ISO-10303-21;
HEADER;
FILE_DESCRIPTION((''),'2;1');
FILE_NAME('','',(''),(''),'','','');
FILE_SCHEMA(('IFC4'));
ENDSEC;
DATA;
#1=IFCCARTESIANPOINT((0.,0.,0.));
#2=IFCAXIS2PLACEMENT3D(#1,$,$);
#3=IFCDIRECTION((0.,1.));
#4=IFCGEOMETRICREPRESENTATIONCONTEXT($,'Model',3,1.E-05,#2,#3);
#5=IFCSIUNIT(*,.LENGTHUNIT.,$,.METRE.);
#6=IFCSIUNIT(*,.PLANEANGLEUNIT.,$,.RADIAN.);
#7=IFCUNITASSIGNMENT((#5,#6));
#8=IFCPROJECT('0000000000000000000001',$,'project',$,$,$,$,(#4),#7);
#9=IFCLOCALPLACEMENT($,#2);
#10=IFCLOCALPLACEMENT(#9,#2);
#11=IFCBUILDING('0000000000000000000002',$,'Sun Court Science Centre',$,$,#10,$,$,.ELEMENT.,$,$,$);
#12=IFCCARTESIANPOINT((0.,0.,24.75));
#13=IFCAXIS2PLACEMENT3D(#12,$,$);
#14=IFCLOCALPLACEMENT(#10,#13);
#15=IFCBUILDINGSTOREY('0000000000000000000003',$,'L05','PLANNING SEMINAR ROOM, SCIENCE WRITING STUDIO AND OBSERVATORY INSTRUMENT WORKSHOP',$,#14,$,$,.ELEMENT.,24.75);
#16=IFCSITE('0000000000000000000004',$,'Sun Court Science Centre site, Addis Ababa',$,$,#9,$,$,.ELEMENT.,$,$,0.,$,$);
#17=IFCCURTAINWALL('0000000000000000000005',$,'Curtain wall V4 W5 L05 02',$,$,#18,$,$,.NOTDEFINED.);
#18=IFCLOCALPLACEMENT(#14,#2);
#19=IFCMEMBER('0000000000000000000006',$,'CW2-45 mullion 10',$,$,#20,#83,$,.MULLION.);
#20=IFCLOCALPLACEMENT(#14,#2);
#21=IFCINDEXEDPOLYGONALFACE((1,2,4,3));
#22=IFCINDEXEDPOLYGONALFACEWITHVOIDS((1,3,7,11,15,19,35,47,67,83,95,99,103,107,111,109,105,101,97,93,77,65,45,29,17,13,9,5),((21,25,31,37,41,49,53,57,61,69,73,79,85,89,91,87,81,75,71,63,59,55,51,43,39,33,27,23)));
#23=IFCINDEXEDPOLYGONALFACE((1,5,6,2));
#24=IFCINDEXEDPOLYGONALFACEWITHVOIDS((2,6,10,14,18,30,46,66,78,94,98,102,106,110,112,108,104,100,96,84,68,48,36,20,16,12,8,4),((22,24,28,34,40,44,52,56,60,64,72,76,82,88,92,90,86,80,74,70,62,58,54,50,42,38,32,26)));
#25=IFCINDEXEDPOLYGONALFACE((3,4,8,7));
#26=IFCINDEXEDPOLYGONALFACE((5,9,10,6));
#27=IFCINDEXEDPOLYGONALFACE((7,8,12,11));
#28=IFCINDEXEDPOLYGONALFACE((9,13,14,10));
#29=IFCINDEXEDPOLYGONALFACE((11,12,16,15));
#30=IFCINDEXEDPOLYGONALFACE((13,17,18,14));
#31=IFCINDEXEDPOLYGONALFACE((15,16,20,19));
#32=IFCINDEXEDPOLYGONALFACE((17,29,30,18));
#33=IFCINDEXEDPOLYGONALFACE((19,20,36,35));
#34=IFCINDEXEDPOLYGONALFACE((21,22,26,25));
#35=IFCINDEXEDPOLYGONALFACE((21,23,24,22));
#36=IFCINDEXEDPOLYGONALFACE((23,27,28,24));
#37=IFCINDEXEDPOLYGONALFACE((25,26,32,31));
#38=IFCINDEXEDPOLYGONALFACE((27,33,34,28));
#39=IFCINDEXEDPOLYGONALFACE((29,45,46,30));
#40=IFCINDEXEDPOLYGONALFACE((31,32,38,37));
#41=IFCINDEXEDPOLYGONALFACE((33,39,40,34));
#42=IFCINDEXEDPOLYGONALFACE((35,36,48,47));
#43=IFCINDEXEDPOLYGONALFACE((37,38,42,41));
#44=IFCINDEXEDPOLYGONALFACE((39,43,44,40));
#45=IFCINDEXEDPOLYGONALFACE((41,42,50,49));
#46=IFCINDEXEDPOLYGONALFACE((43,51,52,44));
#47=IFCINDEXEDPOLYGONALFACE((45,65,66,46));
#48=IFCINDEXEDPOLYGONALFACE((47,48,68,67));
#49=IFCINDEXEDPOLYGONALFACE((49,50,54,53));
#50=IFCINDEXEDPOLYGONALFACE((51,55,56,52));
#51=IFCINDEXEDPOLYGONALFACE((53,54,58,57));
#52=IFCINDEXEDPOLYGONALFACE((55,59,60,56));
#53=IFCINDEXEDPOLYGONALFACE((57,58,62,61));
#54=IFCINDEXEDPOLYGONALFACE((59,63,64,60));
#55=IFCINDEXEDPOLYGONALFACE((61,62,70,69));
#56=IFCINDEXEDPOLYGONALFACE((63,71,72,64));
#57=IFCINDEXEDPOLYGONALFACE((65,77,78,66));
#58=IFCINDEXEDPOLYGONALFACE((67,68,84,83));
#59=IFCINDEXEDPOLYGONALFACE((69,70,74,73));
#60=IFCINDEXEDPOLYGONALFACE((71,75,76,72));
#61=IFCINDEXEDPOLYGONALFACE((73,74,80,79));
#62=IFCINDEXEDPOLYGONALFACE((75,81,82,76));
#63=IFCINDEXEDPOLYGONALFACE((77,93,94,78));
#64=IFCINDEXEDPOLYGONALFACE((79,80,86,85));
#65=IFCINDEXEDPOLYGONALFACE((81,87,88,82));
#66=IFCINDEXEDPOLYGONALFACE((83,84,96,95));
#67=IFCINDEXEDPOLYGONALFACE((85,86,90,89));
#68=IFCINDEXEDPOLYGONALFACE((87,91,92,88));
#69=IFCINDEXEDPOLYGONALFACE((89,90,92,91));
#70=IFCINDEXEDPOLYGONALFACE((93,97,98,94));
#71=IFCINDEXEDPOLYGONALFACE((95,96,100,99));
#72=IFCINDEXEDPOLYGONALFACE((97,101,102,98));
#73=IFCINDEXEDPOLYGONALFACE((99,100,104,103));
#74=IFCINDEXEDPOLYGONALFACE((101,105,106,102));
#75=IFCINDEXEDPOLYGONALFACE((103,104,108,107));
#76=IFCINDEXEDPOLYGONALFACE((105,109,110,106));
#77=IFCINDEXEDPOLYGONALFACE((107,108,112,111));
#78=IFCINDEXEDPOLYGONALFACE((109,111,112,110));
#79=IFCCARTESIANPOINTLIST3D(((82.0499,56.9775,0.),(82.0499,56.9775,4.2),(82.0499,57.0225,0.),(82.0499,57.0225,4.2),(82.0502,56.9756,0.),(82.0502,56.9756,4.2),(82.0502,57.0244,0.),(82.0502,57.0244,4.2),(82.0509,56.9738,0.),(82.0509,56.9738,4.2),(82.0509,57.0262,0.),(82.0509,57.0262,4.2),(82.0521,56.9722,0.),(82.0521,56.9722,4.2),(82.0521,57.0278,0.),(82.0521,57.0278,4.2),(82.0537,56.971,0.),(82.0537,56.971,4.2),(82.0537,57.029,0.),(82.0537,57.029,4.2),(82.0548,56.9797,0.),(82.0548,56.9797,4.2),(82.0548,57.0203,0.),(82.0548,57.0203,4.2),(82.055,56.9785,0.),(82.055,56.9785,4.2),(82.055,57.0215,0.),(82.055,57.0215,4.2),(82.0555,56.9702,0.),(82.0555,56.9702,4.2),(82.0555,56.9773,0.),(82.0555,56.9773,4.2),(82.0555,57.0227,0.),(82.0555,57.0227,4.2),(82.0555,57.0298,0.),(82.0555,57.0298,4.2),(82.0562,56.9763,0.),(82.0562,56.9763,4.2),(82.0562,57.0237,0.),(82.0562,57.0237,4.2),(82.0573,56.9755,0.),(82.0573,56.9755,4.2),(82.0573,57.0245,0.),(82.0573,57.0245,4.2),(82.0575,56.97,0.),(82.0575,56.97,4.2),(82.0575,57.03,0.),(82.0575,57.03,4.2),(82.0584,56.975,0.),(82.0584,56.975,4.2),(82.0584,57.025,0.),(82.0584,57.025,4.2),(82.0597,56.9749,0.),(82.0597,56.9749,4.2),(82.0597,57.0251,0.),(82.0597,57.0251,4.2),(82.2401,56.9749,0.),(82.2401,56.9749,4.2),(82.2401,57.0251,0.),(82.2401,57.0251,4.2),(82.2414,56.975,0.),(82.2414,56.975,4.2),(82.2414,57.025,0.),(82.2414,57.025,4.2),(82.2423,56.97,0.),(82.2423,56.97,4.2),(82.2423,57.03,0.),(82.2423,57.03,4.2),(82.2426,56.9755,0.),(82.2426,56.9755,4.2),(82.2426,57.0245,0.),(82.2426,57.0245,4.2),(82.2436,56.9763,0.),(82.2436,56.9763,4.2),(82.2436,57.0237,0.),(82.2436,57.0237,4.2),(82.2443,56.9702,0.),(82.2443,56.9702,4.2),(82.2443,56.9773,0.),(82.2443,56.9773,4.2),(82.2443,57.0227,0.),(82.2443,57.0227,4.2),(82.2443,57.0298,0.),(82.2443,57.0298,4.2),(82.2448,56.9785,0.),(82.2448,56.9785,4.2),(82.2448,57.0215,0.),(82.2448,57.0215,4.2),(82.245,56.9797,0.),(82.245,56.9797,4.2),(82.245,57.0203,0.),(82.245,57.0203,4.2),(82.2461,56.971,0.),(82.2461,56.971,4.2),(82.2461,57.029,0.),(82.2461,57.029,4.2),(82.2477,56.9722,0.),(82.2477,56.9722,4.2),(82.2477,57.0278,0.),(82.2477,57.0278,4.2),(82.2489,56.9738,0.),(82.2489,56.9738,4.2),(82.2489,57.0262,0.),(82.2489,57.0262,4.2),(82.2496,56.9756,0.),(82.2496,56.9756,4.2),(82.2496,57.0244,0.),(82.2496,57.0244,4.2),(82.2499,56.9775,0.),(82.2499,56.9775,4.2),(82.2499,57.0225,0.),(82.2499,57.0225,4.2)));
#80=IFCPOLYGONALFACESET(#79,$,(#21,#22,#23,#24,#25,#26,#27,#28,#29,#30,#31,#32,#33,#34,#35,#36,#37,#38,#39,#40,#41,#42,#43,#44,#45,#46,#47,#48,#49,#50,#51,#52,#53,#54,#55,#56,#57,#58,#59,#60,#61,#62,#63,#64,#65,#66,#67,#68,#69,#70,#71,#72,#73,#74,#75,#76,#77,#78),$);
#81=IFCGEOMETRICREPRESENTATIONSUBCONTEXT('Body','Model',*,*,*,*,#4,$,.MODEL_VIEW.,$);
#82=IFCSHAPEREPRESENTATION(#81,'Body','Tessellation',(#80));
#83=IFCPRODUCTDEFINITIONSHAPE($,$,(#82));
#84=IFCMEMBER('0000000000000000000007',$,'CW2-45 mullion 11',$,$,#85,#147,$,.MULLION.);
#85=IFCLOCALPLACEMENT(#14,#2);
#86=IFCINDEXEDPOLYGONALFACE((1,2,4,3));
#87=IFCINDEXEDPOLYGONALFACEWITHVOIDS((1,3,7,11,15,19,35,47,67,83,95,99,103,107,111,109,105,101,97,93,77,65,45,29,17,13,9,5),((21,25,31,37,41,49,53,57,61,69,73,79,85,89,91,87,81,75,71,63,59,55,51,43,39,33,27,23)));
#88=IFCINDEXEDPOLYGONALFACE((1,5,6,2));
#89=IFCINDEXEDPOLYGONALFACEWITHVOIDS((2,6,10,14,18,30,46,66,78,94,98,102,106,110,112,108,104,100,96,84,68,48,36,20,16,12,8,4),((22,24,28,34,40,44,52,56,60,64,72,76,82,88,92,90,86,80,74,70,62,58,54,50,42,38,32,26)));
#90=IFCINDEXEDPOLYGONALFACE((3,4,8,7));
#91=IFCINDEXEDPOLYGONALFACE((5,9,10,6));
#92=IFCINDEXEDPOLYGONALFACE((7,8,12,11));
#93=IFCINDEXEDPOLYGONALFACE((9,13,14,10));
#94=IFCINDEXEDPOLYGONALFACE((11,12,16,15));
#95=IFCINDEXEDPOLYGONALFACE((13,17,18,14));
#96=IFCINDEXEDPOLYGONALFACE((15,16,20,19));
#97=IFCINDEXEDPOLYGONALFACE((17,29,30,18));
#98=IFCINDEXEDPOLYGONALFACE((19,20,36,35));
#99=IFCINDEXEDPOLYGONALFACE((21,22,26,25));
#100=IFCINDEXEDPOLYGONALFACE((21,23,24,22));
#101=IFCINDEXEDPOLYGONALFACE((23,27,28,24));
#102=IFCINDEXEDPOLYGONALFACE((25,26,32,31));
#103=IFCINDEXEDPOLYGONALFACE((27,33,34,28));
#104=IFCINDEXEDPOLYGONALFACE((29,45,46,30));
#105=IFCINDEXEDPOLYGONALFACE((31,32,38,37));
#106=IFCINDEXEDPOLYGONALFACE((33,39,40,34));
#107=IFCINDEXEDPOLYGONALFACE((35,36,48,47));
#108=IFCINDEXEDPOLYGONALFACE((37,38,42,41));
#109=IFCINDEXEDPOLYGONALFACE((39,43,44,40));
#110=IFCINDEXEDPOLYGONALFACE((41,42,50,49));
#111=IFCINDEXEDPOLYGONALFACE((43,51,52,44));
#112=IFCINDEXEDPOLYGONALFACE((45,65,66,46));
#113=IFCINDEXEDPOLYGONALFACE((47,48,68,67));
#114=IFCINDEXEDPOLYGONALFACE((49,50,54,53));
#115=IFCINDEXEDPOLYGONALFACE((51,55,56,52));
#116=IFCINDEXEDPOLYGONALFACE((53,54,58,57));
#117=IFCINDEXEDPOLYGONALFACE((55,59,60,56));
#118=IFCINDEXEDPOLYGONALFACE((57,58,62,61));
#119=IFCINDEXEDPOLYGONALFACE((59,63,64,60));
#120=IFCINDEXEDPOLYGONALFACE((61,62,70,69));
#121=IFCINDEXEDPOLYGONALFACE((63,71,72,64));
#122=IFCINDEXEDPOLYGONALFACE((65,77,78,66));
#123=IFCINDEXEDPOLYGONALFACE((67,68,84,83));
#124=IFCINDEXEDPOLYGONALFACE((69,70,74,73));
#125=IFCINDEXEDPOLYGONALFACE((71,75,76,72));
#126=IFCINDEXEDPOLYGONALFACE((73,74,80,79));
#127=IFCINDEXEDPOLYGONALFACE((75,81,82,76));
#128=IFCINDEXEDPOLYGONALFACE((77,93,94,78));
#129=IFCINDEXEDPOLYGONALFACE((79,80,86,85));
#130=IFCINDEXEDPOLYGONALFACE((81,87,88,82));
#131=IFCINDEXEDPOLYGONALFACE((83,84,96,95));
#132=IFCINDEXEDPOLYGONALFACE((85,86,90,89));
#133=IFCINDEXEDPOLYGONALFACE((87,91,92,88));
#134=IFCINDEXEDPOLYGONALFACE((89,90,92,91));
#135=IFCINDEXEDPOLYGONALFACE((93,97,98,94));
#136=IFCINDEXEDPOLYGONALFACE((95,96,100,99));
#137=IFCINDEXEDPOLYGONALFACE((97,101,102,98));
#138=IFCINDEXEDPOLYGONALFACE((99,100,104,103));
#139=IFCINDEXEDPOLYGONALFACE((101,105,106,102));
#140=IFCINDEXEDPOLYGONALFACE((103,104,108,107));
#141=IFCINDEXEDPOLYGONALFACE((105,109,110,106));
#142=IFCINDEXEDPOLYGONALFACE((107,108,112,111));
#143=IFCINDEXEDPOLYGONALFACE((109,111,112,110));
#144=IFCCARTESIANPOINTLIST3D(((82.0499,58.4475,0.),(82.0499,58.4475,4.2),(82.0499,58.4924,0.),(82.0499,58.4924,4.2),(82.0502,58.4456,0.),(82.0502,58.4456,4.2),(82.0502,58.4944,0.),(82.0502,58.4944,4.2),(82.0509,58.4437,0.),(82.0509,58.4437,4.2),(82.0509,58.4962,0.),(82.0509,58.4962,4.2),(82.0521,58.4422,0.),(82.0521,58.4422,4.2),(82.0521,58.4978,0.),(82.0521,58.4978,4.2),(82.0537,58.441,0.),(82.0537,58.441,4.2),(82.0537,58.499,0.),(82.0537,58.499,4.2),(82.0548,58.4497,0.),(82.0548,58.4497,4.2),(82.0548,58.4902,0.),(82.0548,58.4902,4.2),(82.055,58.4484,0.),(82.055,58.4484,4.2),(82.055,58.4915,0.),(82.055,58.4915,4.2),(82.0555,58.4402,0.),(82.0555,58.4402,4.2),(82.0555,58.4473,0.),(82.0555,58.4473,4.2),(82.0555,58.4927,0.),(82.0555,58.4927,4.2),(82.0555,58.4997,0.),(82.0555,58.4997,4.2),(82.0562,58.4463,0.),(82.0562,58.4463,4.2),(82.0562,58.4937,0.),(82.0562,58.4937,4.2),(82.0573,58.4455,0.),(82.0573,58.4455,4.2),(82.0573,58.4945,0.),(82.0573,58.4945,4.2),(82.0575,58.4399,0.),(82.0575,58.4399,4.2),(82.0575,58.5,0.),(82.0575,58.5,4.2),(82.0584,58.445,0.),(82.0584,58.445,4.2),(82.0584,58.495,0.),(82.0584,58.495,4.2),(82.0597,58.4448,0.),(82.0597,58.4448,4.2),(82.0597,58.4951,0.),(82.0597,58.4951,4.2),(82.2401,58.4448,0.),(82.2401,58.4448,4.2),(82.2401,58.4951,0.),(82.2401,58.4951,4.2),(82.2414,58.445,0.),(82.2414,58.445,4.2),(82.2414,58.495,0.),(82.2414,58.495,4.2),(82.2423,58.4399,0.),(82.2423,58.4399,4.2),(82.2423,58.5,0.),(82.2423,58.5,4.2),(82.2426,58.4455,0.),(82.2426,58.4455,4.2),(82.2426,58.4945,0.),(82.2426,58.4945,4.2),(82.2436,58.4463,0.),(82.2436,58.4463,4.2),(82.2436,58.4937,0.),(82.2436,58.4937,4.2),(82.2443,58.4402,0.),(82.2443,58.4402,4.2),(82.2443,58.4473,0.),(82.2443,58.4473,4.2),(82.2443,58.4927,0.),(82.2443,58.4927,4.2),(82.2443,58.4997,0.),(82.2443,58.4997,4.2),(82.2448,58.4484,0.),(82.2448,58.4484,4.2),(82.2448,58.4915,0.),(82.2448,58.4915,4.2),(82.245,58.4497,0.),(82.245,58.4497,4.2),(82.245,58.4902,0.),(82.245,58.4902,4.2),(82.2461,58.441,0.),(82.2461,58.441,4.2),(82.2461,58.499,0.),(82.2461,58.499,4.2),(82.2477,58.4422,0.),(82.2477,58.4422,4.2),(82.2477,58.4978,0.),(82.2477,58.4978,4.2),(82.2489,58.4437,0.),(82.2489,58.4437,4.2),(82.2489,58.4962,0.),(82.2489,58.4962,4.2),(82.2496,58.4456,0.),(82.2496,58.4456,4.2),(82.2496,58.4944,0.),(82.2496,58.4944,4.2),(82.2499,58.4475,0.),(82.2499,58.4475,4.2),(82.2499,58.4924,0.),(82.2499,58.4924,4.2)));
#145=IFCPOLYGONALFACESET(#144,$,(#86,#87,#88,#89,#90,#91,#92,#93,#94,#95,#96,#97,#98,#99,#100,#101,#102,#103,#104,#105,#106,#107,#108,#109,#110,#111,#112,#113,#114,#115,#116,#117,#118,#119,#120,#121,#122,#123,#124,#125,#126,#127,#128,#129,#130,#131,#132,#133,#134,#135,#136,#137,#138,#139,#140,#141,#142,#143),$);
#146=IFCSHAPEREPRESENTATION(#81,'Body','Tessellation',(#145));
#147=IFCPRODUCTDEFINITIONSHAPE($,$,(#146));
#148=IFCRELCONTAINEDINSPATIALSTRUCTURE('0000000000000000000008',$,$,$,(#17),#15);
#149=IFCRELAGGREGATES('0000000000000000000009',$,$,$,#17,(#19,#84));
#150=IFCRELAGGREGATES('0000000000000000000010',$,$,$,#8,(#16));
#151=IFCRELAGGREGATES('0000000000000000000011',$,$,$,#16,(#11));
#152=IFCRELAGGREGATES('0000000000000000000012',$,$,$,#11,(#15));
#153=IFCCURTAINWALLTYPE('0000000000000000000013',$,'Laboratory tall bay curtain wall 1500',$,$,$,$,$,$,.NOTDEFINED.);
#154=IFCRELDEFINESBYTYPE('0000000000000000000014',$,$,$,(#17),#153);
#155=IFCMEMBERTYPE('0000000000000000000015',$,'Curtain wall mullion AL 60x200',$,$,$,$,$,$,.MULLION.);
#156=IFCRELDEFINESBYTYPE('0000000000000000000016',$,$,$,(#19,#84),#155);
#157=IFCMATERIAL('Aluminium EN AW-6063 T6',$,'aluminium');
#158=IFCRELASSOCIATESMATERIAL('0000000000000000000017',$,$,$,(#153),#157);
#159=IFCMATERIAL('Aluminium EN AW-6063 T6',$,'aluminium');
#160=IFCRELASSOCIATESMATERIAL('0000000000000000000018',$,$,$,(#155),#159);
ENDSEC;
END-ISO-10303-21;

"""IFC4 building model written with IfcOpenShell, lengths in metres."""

from ifc_helpers import new_model, si_unit, direction, frame, origin, origin_2d, place, context, subcontext, project, spatial, hollow_rectangle, extrude, material, material_profile, profile_set, type_object, element, aggregate, save


model = new_model("IFC4")

# Units and contexts
model_context = context("Model", 3, precision=1e-05, world=origin(), true_north=direction((0.0, 1.0)))
body_context = subcontext(model_context, "Body", "Model", "MODEL_VIEW")
ifc_project = project(units=[si_unit("LENGTHUNIT", "METRE"), si_unit("PLANEANGLEUNIT", "RADIAN")], contexts=[model_context])

# Site, building, storey
site_placement = place(None, origin())
site = spatial("IfcSite", under=ifc_project, at=site_placement, Name="Sun Court Science Centre site, Addis Ababa", CompositionType="ELEMENT", RefElevation=0.0)
building_placement = place(site_placement, origin())
building = spatial("IfcBuilding", under=site, at=building_placement, Name="Sun Court Science Centre", CompositionType="ELEMENT")
storey_placement = place(building_placement, frame((0.0, 0.0, 24.75)))
storey = spatial("IfcBuildingStorey", under=building, at=storey_placement, Name="L05", Description="PLANNING SEMINAR ROOM, SCIENCE WRITING STUDIO AND OBSERVATORY INSTRUMENT WORKSHOP", CompositionType="ELEMENT", Elevation=24.75)

# Curtain wall, members
ifc_material_1 = material(Name="Aluminium EN AW-6063 T6", Category="aluminium")
curtain_wall_type = type_object("IfcCurtainWallType", Name="Laboratory tall bay curtain wall 1500", PredefinedType="NOTDEFINED", material=ifc_material_1)
curtain_wall_placement = place(storey_placement, origin())
curtain_wall = element("IfcCurtainWall", 1, at=curtain_wall_placement, inside=storey, type_object=curtain_wall_type, Name="Curtain wall V4 W5 L05 02", PredefinedType="NOTDEFINED")
ifc_material_2 = material(Name="Aluminium EN AW-6063 T6", Category="aluminium")
ifc_material_profile_1 = material_profile(ifc_material_2, hollow_rectangle(XDim=0.0601, YDim=0.2, WallThickness=0.0049, InnerFilletRadius=0.0049, OuterFilletRadius=0.0076, at=origin_2d()), Name="AL 60x200x5")
ifc_profile_set_1 = profile_set([ifc_material_profile_1], Name="Aluminium EN AW-6063 T6")
member_type_1 = type_object("IfcMemberType", Name="Curtain wall mullion AL 60x200", PredefinedType="MULLION", material=ifc_profile_set_1)
member_1_placement = place(storey_placement, frame((82.1499, 57.0, 0.0), z_axis=(0.0, 0.0, 1.0), x_axis=(0.0, 1.0, 0.0)))
member_1 = element("IfcMember", 2, at=member_1_placement, type_object=member_type_1, Name="CW2-45 mullion 10", PredefinedType="MULLION", context=body_context, shape_type="SweptSolid", body=[
    extrude(hollow_rectangle(XDim=0.0601, YDim=0.2, WallThickness=0.0049, InnerFilletRadius=0.0049, OuterFilletRadius=0.0076, at=origin_2d()), origin(), (0.0, 0.0, 1.0), 4.2),
])
member_2_placement = place(storey_placement, frame((82.1499, 58.47, 0.0), z_axis=(0.0, 0.0, 1.0), x_axis=(0.0, 1.0, 0.0)))
member_2 = element("IfcMember", 3, at=member_2_placement, type_object=member_type_1, Name="CW2-45 mullion 11", PredefinedType="MULLION", context=body_context, shape_type="SweptSolid", body=[
    extrude(hollow_rectangle(XDim=0.0601, YDim=0.2, WallThickness=0.0049, InnerFilletRadius=0.0049, OuterFilletRadius=0.0076, at=origin_2d()), origin(), (0.0, 0.0, 1.0), 4.2),
])

aggregate(curtain_wall, [member_1, member_2])

save(model, "model.ifc")
